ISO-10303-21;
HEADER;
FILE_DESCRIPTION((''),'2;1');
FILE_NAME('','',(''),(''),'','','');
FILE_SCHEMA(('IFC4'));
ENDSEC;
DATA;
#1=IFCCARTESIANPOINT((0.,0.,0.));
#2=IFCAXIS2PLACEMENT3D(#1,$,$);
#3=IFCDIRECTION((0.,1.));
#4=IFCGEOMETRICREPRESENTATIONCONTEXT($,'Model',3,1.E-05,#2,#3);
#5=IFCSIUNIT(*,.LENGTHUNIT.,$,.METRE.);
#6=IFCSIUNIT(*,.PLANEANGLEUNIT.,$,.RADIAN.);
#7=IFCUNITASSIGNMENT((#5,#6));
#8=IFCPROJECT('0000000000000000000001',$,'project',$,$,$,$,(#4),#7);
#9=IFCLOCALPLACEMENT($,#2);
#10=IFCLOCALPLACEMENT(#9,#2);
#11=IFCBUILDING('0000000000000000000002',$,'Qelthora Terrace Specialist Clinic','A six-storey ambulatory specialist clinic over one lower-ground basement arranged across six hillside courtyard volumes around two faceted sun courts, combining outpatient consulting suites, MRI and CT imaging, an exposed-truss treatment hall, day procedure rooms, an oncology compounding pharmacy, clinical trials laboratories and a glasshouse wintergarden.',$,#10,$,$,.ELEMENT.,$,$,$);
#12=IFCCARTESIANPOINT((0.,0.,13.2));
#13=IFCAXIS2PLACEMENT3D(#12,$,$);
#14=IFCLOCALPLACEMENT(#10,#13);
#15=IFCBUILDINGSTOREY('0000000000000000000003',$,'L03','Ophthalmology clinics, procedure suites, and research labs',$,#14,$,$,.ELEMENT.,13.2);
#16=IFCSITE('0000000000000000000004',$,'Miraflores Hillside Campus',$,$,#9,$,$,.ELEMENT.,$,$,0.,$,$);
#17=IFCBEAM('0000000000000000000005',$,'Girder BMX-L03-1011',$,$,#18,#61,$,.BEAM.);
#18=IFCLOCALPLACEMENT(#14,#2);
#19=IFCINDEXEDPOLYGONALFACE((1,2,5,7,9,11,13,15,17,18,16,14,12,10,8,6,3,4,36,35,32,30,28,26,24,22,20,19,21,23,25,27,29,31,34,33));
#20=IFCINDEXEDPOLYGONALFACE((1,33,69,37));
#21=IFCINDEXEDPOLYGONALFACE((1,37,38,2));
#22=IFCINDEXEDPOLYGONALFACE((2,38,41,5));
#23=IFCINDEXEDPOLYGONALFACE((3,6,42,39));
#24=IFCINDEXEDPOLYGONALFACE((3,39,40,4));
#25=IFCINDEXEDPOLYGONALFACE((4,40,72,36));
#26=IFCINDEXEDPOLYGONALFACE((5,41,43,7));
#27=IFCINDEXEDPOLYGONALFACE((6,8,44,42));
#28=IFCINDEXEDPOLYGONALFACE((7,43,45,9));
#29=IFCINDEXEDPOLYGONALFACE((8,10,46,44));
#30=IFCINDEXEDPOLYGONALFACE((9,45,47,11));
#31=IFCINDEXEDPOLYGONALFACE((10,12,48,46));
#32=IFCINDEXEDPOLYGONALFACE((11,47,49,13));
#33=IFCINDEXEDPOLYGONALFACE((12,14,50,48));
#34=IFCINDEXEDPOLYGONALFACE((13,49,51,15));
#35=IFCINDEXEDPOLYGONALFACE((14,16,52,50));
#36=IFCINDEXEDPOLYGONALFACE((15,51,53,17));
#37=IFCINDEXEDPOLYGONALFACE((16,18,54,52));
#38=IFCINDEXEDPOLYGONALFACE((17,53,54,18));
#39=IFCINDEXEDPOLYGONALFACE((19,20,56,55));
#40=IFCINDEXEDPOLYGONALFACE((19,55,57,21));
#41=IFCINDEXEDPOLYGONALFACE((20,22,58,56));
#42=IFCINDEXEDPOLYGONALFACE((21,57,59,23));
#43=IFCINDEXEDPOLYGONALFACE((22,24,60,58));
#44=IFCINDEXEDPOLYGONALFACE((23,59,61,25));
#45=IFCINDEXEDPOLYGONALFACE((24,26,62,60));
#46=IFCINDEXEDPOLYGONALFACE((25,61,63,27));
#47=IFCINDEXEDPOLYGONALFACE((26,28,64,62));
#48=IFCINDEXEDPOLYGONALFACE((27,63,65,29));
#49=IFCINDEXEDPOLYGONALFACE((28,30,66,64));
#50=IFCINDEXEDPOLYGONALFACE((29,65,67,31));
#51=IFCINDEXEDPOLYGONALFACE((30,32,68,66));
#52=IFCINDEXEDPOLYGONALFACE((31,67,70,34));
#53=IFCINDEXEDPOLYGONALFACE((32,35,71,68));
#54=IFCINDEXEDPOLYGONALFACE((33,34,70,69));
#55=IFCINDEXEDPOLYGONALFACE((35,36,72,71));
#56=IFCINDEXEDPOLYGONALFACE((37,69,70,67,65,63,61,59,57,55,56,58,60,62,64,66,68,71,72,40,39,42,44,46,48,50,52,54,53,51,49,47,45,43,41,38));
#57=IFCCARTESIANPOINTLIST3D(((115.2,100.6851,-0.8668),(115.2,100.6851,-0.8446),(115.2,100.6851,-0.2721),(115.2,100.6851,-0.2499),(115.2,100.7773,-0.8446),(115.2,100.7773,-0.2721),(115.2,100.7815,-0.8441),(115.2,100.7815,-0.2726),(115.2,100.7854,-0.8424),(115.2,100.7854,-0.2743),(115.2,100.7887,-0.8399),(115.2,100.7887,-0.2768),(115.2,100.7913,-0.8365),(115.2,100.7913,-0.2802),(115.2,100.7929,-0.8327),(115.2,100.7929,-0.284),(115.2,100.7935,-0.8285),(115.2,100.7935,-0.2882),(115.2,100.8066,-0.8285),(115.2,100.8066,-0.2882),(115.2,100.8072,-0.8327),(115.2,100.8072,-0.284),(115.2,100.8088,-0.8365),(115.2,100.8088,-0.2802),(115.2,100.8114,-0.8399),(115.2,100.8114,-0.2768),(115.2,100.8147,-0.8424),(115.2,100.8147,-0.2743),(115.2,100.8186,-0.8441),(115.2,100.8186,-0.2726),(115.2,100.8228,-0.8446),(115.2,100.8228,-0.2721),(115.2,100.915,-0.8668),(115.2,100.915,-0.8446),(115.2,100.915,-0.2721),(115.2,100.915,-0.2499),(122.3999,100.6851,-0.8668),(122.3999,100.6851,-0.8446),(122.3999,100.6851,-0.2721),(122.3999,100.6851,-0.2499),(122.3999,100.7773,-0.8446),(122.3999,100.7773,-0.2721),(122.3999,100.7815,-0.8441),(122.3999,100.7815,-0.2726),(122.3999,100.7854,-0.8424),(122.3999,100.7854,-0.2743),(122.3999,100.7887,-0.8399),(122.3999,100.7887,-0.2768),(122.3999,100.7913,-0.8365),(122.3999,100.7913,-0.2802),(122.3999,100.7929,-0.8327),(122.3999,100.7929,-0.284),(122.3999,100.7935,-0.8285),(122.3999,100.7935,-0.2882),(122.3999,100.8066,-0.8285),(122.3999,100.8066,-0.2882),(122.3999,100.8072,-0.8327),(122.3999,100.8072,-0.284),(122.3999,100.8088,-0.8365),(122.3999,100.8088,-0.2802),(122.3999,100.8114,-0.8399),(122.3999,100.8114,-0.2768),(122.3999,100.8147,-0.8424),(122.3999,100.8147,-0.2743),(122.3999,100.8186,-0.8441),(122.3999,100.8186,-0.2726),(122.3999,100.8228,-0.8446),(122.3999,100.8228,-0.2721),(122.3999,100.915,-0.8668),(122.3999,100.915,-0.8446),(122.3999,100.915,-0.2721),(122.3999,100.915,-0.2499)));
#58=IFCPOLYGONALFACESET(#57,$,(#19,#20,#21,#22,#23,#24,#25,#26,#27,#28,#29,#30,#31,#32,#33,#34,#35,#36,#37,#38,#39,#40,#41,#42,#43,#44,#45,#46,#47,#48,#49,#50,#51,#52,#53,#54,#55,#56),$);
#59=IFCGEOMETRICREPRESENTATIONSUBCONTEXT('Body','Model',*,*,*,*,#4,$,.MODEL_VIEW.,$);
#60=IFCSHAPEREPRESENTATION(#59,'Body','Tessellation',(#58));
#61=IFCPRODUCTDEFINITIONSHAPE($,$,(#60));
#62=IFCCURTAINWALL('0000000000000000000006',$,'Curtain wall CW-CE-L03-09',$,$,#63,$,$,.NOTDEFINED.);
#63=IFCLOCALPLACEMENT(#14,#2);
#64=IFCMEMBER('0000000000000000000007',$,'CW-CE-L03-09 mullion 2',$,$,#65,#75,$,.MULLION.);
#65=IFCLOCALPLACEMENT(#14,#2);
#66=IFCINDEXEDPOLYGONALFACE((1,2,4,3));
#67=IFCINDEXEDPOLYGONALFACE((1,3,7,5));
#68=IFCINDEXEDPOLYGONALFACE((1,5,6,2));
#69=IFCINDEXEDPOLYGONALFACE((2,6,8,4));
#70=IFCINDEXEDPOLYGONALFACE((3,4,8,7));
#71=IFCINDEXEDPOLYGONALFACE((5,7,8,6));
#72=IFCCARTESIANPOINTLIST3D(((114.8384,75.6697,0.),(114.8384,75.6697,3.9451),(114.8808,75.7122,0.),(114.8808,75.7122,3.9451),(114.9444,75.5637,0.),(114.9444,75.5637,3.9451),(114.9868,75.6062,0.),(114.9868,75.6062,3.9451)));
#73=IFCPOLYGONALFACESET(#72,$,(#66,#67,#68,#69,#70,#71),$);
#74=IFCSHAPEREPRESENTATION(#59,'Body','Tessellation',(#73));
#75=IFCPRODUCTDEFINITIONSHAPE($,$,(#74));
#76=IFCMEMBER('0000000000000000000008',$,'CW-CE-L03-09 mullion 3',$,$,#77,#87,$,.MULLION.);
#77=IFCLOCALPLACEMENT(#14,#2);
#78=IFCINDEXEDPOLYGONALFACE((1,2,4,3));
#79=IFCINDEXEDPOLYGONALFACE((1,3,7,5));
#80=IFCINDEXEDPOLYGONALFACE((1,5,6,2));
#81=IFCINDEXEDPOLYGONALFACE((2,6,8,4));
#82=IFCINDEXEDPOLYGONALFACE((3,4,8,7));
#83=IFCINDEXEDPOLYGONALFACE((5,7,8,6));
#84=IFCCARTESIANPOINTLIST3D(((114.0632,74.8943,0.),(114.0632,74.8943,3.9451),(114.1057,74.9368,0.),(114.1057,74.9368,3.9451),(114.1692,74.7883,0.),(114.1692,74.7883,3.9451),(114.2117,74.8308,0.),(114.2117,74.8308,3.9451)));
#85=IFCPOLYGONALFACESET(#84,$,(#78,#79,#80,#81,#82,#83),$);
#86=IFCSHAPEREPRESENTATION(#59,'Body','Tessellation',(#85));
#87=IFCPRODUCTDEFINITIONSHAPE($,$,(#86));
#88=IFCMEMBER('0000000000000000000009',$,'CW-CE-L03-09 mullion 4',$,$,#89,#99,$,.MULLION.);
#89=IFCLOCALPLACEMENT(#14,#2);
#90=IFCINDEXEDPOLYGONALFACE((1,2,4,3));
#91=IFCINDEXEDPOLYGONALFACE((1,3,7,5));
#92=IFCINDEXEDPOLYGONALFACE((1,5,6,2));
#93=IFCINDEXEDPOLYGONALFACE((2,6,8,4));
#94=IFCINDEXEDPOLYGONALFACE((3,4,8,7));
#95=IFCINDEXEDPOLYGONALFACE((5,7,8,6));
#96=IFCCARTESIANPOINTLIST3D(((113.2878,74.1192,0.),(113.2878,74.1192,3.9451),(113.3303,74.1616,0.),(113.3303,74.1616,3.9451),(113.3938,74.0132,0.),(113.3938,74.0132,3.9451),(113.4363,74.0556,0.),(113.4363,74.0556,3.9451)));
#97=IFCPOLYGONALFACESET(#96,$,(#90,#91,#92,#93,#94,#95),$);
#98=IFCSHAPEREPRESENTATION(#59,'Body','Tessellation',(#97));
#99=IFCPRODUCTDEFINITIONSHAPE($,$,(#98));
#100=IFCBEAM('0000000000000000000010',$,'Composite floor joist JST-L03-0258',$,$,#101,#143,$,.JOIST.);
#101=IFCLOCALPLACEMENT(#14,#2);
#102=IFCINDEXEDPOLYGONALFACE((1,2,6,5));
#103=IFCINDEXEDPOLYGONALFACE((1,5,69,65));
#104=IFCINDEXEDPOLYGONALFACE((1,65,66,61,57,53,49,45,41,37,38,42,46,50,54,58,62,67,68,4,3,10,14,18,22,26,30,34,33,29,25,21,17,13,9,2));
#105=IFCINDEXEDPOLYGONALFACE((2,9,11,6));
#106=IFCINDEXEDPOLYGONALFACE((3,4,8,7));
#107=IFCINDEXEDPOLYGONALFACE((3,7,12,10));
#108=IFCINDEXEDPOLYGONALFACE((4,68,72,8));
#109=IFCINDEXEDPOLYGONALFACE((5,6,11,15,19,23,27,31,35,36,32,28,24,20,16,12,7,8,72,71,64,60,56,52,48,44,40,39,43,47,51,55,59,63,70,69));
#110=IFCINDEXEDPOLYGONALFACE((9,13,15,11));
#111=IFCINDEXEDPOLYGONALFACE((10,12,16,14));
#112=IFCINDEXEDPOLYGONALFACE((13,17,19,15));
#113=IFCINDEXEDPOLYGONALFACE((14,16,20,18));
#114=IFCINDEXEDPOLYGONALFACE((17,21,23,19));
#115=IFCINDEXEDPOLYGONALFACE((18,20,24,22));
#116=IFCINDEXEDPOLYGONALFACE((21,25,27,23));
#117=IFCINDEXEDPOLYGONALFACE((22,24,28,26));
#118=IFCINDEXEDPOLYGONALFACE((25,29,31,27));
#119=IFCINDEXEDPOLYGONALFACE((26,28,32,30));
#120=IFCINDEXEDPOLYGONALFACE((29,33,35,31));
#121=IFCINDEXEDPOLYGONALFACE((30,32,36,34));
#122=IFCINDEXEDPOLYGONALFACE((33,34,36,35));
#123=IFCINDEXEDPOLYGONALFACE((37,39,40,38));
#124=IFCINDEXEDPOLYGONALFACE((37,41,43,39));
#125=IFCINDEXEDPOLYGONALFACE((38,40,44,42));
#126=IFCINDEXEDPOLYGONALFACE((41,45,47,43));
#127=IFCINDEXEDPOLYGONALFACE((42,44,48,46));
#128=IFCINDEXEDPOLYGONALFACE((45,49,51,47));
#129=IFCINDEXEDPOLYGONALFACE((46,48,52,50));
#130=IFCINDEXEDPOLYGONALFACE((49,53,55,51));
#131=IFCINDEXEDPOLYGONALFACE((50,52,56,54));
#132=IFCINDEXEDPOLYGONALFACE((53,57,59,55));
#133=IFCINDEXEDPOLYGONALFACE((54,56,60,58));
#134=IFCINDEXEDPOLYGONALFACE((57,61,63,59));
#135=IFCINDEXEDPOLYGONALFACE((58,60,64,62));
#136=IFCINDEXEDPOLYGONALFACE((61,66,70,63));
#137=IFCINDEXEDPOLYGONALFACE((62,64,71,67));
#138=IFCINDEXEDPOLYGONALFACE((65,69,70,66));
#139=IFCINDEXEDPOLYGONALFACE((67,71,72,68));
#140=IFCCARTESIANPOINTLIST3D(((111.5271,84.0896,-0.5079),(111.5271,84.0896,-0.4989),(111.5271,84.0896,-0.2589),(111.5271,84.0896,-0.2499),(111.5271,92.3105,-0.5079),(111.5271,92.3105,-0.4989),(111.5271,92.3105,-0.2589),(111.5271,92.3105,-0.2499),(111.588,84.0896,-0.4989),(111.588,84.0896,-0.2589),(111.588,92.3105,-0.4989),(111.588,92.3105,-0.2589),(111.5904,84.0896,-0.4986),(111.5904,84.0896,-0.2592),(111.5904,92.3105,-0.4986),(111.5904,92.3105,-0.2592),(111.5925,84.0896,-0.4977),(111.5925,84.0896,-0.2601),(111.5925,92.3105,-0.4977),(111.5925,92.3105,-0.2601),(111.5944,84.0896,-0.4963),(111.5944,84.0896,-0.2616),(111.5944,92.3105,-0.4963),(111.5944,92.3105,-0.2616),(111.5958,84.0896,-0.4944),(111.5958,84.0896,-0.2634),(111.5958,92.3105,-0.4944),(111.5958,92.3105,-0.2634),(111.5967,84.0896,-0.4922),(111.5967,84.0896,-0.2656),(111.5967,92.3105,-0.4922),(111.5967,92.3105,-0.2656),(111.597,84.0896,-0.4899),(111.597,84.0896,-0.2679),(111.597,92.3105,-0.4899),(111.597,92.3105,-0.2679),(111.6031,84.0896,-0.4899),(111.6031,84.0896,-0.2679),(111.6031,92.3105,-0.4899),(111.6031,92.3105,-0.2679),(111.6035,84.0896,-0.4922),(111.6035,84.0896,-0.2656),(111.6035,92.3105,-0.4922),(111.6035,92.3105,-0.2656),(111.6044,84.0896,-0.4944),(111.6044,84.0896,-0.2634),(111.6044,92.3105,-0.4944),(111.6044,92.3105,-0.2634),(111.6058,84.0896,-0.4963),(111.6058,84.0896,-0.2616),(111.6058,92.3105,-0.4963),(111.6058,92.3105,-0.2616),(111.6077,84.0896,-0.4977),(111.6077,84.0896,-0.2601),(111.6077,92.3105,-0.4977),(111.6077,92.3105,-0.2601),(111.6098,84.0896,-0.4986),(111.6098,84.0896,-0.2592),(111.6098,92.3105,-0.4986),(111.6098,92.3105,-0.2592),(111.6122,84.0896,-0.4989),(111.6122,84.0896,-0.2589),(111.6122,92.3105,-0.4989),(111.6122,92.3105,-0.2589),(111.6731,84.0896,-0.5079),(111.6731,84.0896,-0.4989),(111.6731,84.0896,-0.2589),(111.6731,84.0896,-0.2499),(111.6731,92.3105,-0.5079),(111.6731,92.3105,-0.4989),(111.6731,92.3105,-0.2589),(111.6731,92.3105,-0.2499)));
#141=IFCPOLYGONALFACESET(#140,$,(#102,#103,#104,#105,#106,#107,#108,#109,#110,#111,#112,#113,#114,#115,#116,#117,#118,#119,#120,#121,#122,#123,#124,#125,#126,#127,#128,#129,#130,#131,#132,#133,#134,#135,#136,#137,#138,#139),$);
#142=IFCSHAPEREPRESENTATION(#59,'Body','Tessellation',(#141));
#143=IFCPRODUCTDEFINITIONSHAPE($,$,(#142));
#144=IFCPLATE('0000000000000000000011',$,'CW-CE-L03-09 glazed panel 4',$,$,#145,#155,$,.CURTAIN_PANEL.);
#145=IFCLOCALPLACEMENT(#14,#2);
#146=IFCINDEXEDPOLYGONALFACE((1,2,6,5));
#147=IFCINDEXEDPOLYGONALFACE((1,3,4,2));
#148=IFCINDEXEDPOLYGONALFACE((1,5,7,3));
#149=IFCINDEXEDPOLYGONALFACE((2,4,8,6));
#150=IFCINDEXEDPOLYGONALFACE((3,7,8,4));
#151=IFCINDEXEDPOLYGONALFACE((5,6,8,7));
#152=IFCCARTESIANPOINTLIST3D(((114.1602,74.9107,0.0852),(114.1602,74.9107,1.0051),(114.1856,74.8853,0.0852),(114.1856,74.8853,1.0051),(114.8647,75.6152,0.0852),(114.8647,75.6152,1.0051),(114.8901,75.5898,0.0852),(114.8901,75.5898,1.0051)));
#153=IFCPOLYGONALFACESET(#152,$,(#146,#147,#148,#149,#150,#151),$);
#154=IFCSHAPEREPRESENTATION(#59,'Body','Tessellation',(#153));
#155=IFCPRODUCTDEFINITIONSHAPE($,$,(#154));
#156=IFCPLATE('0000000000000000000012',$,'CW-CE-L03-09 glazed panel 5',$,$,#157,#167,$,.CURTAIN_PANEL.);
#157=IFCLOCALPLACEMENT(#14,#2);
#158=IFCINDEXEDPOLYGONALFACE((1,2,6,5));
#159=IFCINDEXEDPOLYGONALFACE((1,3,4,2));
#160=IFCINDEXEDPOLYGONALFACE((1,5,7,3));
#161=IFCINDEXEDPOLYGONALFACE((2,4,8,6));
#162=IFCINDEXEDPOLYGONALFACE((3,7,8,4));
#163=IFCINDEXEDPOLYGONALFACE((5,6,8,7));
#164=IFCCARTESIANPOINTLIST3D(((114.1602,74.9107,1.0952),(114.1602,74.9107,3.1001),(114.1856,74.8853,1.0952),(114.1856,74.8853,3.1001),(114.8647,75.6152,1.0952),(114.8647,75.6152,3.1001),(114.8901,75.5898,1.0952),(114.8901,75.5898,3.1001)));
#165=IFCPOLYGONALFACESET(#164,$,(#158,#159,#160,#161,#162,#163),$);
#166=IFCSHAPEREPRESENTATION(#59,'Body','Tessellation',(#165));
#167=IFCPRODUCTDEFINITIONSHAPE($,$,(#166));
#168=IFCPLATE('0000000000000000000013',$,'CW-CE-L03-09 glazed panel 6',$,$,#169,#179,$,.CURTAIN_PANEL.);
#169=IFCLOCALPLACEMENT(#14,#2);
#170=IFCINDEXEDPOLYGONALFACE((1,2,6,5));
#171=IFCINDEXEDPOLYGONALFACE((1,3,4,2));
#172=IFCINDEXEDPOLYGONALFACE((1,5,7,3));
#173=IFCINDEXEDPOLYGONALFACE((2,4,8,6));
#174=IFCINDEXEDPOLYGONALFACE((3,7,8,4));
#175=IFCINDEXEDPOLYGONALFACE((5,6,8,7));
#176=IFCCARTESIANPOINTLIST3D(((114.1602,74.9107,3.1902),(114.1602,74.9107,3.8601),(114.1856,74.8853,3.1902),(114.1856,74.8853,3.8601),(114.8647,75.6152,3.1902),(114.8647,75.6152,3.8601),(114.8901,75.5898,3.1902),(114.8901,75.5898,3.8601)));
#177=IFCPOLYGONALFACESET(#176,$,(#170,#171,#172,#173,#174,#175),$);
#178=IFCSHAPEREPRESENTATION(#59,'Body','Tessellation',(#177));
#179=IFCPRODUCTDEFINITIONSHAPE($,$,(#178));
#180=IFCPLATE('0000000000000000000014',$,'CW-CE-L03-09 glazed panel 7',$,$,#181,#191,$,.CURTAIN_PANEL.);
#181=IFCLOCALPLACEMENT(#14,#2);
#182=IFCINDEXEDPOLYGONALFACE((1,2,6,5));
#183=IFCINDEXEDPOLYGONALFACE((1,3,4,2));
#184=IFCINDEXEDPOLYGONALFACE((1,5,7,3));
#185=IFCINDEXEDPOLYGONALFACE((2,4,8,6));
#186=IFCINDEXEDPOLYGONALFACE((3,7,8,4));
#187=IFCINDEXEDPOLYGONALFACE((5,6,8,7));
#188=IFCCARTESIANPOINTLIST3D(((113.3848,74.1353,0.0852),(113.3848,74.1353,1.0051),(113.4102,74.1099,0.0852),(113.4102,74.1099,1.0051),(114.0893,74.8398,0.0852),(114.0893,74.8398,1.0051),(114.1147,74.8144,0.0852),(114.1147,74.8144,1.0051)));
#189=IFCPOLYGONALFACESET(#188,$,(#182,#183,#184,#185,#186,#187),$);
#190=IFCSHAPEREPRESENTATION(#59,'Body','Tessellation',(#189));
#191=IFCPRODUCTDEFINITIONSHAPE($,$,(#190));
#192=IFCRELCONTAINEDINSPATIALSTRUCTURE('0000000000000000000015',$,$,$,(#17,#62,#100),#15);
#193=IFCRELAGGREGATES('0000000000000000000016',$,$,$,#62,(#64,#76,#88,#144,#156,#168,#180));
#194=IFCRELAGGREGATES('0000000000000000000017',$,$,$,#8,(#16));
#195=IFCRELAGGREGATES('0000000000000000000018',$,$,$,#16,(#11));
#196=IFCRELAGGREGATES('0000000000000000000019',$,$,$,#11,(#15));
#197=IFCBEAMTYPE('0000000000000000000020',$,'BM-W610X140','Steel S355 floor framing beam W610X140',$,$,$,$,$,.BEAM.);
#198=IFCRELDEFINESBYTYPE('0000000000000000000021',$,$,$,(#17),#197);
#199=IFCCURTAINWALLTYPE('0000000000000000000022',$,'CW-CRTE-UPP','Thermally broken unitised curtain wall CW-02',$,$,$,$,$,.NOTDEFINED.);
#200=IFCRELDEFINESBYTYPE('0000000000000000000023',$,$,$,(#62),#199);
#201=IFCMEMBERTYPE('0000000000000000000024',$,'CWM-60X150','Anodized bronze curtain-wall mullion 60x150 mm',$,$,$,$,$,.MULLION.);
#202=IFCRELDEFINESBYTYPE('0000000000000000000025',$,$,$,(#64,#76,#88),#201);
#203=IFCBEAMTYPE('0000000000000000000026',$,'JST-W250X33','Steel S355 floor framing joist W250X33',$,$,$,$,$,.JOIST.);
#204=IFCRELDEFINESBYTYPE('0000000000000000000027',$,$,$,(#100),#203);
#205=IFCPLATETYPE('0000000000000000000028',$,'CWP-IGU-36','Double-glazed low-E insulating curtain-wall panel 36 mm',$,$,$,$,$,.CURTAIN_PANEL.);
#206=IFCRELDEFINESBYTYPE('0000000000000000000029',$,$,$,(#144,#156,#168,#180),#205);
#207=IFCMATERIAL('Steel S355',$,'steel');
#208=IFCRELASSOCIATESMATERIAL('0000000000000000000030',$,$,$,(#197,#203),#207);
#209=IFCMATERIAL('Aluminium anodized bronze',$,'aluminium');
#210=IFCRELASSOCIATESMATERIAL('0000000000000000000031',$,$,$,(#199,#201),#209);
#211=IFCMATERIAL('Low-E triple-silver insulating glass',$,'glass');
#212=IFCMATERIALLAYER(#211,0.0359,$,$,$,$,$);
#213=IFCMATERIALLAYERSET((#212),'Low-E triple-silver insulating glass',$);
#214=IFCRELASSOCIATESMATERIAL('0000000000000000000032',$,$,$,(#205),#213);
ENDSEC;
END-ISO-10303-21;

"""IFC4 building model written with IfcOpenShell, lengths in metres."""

from ifc_helpers import new_model, si_unit, direction, frame, origin, origin_2d, place, context, subcontext, project, spatial, rectangle, i_section, extrude, material, layer, layer_set, material_profile, profile_set, type_object, element, aggregate, save


model = new_model("IFC4")

# Units and contexts
model_context = context("Model", 3, precision=1e-05, world=origin(), true_north=direction((0.0, 1.0)))
body_context = subcontext(model_context, "Body", "Model", "MODEL_VIEW")
ifc_project = project(units=[si_unit("LENGTHUNIT", "METRE"), si_unit("PLANEANGLEUNIT", "RADIAN")], contexts=[model_context])

# Site, building, storey
site_placement = place(None, origin())
site = spatial("IfcSite", under=ifc_project, at=site_placement, Name="Miraflores Hillside Campus", CompositionType="ELEMENT", RefElevation=0.0)
building_placement = place(site_placement, origin())
building = spatial("IfcBuilding", under=site, at=building_placement, Name="Qelthora Terrace Specialist Clinic", Description="A six-storey ambulatory specialist clinic over one lower-ground basement arranged across six hillside courtyard volumes around two faceted sun courts, combining outpatient consulting suites, MRI and CT imaging, an exposed-truss treatment hall, day procedure rooms, an oncology compounding pharmacy, clinical trials laboratories and a glasshouse wintergarden.", CompositionType="ELEMENT")
storey_placement = place(building_placement, frame((0.0, 0.0, 13.2)))
storey = spatial("IfcBuildingStorey", under=building, at=storey_placement, Name="L03", Description="Ophthalmology clinics, procedure suites, and research labs", CompositionType="ELEMENT", Elevation=13.2)

# Shared definitions
ifc_material_1 = material(Name="Steel S355", Category="steel")

# Beam
ifc_material_profile_1 = material_profile(ifc_material_1, i_section(OverallWidth=0.23, OverallDepth=0.6169, WebThickness=0.0132, FlangeThickness=0.0222, FilletRadius=0.0161, at=origin_2d()), Name="W610X140")
ifc_profile_set_1 = profile_set([ifc_material_profile_1], Name="Steel S355")
beam_type_1 = type_object("IfcBeamType", Name="BM-W610X140", Description="Steel S355 floor framing beam W610X140", PredefinedType="BEAM", material=ifc_profile_set_1)
beam_1_placement = place(storey_placement, frame((115.2, 100.8, -0.5583), z_axis=(1.0, 0.0, 0.0), x_axis=(0.0, 1.0, 0.0)))
element("IfcBeam", 1, at=beam_1_placement, inside=storey, type_object=beam_type_1, Name="Girder BMX-L03-1011", PredefinedType="BEAM", context=body_context, shape_type="SweptSolid", body=[
    extrude(i_section(OverallWidth=0.23, OverallDepth=0.6169, WebThickness=0.0132, FlangeThickness=0.0222, FilletRadius=0.0161, at=origin_2d()), origin(), (0.0, 0.0, 1.0), 7.2),
])

# Curtain wall, members
ifc_material_2 = material(Name="Aluminium anodized bronze", Category="aluminium")
curtain_wall_type = type_object("IfcCurtainWallType", Name="CW-CRTE-UPP", Description="Thermally broken unitised curtain wall CW-02", PredefinedType="NOTDEFINED", material=ifc_material_2)
curtain_wall_placement = place(storey_placement, origin())
curtain_wall = element("IfcCurtainWall", 2, at=curtain_wall_placement, inside=storey, type_object=curtain_wall_type, Name="Curtain wall CW-CE-L03-09", PredefinedType="NOTDEFINED")
ifc_material_profile_2 = material_profile(ifc_material_2, rectangle(XDim=0.0601, YDim=0.1499, at=origin_2d()), Name="CWM60X150")
ifc_profile_set_2 = profile_set([ifc_material_profile_2], Name="Aluminium anodized bronze")
member_type = type_object("IfcMemberType", Name="CWM-60X150", Description="Anodized bronze curtain-wall mullion 60x150 mm", PredefinedType="MULLION", material=ifc_profile_set_2)
member_1_placement = place(storey_placement, frame((114.9126, 75.6379, 0.0), z_axis=(0.0, 0.0, 1.0), x_axis=(-0.707107, -0.707107, 0.0)))
member_1 = element("IfcMember", 3, at=member_1_placement, type_object=member_type, Name="CW-CE-L03-09 mullion 2", PredefinedType="MULLION", context=body_context, shape_type="SweptSolid", body=[
    extrude(rectangle(XDim=0.0601, YDim=0.1499, at=origin_2d()), origin(), (0.0, 0.0, 1.0), 3.9451),
])
member_2_placement = place(storey_placement, frame((114.1375, 74.8625, 0.0), z_axis=(0.0, 0.0, 1.0), x_axis=(-0.707107, -0.707107, 0.0)))
member_2 = element("IfcMember", 4, at=member_2_placement, type_object=member_type, Name="CW-CE-L03-09 mullion 3", PredefinedType="MULLION", context=body_context, shape_type="SweptSolid", body=[
    extrude(rectangle(XDim=0.0601, YDim=0.1499, at=origin_2d()), origin(), (0.0, 0.0, 1.0), 3.9451),
])
member_3_placement = place(storey_placement, frame((113.3621, 74.0874, 0.0), z_axis=(0.0, 0.0, 1.0), x_axis=(-0.707107, -0.707107, 0.0)))
member_3 = element("IfcMember", 5, at=member_3_placement, type_object=member_type, Name="CW-CE-L03-09 mullion 4", PredefinedType="MULLION", context=body_context, shape_type="SweptSolid", body=[
    extrude(rectangle(XDim=0.0601, YDim=0.1499, at=origin_2d()), origin(), (0.0, 0.0, 1.0), 3.9451),
])

# Beam
ifc_material_profile_3 = material_profile(ifc_material_1, i_section(OverallWidth=0.146, OverallDepth=0.2581, WebThickness=0.0061, FlangeThickness=0.009, FilletRadius=0.009, at=origin_2d()), Name="W250X33")
ifc_profile_set_3 = profile_set([ifc_material_profile_3], Name="Steel S355")
beam_type_2 = type_object("IfcBeamType", Name="JST-W250X33", Description="Steel S355 floor framing joist W250X33", PredefinedType="JOIST", material=ifc_profile_set_3)
beam_2_placement = place(storey_placement, frame((111.6001, 84.0896, -0.3789), z_axis=(0.0, 1.0, 0.0), x_axis=(-1.0, 0.0, 0.0)))
element("IfcBeam", 6, at=beam_2_placement, inside=storey, type_object=beam_type_2, Name="Composite floor joist JST-L03-0258", PredefinedType="JOIST", context=body_context, shape_type="SweptSolid", body=[
    extrude(i_section(OverallWidth=0.146, OverallDepth=0.2581, WebThickness=0.0061, FlangeThickness=0.009, FilletRadius=0.009, at=origin_2d()), origin(), (0.0, 0.0, 1.0), 8.2209),
])

# Plates
ifc_material_3 = material(Name="Low-E triple-silver insulating glass", Category="glass")
ifc_layer_1 = layer(ifc_material_3, 0.0359)
ifc_layer_set_1 = layer_set([ifc_layer_1], Name="Low-E triple-silver insulating glass")
plate_type = type_object("IfcPlateType", Name="CWP-IGU-36", Description="Double-glazed low-E insulating curtain-wall panel 36 mm", PredefinedType="CURTAIN_PANEL", material=ifc_layer_set_1)
plate_1_placement = place(storey_placement, frame((114.5251, 75.2502, 0.0852), z_axis=(0.0, 0.0, 1.0), x_axis=(-0.707107, -0.707107, 0.0)))
plate_1 = element("IfcPlate", 7, at=plate_1_placement, type_object=plate_type, Name="CW-CE-L03-09 glazed panel 4", PredefinedType="CURTAIN_PANEL", context=body_context, shape_type="SweptSolid", body=[
    extrude(rectangle(XDim=0.9963, YDim=0.0359, at=origin_2d()), origin(), (0.0, 0.0, 1.0), 0.9199),
])
plate_2_placement = place(storey_placement, frame((114.5251, 75.2502, 1.0952), z_axis=(0.0, 0.0, 1.0), x_axis=(-0.707107, -0.707107, 0.0)))
plate_2 = element("IfcPlate", 8, at=plate_2_placement, type_object=plate_type, Name="CW-CE-L03-09 glazed panel 5", PredefinedType="CURTAIN_PANEL", context=body_context, shape_type="SweptSolid", body=[
    extrude(rectangle(XDim=0.9963, YDim=0.0359, at=origin_2d()), origin(), (0.0, 0.0, 1.0), 2.0049),
])
plate_3_placement = place(storey_placement, frame((114.5251, 75.2502, 3.1902), z_axis=(0.0, 0.0, 1.0), x_axis=(-0.707107, -0.707107, 0.0)))
plate_3 = element("IfcPlate", 9, at=plate_3_placement, type_object=plate_type, Name="CW-CE-L03-09 glazed panel 6", PredefinedType="CURTAIN_PANEL", context=body_context, shape_type="SweptSolid", body=[
    extrude(rectangle(XDim=0.9963, YDim=0.0359, at=origin_2d()), origin(), (0.0, 0.0, 1.0), 0.6699),
])
plate_4_placement = place(storey_placement, frame((113.7498, 74.4749, 0.0852), z_axis=(0.0, 0.0, 1.0), x_axis=(-0.707107, -0.707107, 0.0)))
plate_4 = element("IfcPlate", 10, at=plate_4_placement, type_object=plate_type, Name="CW-CE-L03-09 glazed panel 7", PredefinedType="CURTAIN_PANEL", context=body_context, shape_type="SweptSolid", body=[
    extrude(rectangle(XDim=0.9963, YDim=0.0359, at=origin_2d()), origin(), (0.0, 0.0, 1.0), 0.9199),
])
aggregate(curtain_wall, [member_1, member_2, member_3, plate_1, plate_2, plate_3, plate_4])

save(model, "model.ifc")
